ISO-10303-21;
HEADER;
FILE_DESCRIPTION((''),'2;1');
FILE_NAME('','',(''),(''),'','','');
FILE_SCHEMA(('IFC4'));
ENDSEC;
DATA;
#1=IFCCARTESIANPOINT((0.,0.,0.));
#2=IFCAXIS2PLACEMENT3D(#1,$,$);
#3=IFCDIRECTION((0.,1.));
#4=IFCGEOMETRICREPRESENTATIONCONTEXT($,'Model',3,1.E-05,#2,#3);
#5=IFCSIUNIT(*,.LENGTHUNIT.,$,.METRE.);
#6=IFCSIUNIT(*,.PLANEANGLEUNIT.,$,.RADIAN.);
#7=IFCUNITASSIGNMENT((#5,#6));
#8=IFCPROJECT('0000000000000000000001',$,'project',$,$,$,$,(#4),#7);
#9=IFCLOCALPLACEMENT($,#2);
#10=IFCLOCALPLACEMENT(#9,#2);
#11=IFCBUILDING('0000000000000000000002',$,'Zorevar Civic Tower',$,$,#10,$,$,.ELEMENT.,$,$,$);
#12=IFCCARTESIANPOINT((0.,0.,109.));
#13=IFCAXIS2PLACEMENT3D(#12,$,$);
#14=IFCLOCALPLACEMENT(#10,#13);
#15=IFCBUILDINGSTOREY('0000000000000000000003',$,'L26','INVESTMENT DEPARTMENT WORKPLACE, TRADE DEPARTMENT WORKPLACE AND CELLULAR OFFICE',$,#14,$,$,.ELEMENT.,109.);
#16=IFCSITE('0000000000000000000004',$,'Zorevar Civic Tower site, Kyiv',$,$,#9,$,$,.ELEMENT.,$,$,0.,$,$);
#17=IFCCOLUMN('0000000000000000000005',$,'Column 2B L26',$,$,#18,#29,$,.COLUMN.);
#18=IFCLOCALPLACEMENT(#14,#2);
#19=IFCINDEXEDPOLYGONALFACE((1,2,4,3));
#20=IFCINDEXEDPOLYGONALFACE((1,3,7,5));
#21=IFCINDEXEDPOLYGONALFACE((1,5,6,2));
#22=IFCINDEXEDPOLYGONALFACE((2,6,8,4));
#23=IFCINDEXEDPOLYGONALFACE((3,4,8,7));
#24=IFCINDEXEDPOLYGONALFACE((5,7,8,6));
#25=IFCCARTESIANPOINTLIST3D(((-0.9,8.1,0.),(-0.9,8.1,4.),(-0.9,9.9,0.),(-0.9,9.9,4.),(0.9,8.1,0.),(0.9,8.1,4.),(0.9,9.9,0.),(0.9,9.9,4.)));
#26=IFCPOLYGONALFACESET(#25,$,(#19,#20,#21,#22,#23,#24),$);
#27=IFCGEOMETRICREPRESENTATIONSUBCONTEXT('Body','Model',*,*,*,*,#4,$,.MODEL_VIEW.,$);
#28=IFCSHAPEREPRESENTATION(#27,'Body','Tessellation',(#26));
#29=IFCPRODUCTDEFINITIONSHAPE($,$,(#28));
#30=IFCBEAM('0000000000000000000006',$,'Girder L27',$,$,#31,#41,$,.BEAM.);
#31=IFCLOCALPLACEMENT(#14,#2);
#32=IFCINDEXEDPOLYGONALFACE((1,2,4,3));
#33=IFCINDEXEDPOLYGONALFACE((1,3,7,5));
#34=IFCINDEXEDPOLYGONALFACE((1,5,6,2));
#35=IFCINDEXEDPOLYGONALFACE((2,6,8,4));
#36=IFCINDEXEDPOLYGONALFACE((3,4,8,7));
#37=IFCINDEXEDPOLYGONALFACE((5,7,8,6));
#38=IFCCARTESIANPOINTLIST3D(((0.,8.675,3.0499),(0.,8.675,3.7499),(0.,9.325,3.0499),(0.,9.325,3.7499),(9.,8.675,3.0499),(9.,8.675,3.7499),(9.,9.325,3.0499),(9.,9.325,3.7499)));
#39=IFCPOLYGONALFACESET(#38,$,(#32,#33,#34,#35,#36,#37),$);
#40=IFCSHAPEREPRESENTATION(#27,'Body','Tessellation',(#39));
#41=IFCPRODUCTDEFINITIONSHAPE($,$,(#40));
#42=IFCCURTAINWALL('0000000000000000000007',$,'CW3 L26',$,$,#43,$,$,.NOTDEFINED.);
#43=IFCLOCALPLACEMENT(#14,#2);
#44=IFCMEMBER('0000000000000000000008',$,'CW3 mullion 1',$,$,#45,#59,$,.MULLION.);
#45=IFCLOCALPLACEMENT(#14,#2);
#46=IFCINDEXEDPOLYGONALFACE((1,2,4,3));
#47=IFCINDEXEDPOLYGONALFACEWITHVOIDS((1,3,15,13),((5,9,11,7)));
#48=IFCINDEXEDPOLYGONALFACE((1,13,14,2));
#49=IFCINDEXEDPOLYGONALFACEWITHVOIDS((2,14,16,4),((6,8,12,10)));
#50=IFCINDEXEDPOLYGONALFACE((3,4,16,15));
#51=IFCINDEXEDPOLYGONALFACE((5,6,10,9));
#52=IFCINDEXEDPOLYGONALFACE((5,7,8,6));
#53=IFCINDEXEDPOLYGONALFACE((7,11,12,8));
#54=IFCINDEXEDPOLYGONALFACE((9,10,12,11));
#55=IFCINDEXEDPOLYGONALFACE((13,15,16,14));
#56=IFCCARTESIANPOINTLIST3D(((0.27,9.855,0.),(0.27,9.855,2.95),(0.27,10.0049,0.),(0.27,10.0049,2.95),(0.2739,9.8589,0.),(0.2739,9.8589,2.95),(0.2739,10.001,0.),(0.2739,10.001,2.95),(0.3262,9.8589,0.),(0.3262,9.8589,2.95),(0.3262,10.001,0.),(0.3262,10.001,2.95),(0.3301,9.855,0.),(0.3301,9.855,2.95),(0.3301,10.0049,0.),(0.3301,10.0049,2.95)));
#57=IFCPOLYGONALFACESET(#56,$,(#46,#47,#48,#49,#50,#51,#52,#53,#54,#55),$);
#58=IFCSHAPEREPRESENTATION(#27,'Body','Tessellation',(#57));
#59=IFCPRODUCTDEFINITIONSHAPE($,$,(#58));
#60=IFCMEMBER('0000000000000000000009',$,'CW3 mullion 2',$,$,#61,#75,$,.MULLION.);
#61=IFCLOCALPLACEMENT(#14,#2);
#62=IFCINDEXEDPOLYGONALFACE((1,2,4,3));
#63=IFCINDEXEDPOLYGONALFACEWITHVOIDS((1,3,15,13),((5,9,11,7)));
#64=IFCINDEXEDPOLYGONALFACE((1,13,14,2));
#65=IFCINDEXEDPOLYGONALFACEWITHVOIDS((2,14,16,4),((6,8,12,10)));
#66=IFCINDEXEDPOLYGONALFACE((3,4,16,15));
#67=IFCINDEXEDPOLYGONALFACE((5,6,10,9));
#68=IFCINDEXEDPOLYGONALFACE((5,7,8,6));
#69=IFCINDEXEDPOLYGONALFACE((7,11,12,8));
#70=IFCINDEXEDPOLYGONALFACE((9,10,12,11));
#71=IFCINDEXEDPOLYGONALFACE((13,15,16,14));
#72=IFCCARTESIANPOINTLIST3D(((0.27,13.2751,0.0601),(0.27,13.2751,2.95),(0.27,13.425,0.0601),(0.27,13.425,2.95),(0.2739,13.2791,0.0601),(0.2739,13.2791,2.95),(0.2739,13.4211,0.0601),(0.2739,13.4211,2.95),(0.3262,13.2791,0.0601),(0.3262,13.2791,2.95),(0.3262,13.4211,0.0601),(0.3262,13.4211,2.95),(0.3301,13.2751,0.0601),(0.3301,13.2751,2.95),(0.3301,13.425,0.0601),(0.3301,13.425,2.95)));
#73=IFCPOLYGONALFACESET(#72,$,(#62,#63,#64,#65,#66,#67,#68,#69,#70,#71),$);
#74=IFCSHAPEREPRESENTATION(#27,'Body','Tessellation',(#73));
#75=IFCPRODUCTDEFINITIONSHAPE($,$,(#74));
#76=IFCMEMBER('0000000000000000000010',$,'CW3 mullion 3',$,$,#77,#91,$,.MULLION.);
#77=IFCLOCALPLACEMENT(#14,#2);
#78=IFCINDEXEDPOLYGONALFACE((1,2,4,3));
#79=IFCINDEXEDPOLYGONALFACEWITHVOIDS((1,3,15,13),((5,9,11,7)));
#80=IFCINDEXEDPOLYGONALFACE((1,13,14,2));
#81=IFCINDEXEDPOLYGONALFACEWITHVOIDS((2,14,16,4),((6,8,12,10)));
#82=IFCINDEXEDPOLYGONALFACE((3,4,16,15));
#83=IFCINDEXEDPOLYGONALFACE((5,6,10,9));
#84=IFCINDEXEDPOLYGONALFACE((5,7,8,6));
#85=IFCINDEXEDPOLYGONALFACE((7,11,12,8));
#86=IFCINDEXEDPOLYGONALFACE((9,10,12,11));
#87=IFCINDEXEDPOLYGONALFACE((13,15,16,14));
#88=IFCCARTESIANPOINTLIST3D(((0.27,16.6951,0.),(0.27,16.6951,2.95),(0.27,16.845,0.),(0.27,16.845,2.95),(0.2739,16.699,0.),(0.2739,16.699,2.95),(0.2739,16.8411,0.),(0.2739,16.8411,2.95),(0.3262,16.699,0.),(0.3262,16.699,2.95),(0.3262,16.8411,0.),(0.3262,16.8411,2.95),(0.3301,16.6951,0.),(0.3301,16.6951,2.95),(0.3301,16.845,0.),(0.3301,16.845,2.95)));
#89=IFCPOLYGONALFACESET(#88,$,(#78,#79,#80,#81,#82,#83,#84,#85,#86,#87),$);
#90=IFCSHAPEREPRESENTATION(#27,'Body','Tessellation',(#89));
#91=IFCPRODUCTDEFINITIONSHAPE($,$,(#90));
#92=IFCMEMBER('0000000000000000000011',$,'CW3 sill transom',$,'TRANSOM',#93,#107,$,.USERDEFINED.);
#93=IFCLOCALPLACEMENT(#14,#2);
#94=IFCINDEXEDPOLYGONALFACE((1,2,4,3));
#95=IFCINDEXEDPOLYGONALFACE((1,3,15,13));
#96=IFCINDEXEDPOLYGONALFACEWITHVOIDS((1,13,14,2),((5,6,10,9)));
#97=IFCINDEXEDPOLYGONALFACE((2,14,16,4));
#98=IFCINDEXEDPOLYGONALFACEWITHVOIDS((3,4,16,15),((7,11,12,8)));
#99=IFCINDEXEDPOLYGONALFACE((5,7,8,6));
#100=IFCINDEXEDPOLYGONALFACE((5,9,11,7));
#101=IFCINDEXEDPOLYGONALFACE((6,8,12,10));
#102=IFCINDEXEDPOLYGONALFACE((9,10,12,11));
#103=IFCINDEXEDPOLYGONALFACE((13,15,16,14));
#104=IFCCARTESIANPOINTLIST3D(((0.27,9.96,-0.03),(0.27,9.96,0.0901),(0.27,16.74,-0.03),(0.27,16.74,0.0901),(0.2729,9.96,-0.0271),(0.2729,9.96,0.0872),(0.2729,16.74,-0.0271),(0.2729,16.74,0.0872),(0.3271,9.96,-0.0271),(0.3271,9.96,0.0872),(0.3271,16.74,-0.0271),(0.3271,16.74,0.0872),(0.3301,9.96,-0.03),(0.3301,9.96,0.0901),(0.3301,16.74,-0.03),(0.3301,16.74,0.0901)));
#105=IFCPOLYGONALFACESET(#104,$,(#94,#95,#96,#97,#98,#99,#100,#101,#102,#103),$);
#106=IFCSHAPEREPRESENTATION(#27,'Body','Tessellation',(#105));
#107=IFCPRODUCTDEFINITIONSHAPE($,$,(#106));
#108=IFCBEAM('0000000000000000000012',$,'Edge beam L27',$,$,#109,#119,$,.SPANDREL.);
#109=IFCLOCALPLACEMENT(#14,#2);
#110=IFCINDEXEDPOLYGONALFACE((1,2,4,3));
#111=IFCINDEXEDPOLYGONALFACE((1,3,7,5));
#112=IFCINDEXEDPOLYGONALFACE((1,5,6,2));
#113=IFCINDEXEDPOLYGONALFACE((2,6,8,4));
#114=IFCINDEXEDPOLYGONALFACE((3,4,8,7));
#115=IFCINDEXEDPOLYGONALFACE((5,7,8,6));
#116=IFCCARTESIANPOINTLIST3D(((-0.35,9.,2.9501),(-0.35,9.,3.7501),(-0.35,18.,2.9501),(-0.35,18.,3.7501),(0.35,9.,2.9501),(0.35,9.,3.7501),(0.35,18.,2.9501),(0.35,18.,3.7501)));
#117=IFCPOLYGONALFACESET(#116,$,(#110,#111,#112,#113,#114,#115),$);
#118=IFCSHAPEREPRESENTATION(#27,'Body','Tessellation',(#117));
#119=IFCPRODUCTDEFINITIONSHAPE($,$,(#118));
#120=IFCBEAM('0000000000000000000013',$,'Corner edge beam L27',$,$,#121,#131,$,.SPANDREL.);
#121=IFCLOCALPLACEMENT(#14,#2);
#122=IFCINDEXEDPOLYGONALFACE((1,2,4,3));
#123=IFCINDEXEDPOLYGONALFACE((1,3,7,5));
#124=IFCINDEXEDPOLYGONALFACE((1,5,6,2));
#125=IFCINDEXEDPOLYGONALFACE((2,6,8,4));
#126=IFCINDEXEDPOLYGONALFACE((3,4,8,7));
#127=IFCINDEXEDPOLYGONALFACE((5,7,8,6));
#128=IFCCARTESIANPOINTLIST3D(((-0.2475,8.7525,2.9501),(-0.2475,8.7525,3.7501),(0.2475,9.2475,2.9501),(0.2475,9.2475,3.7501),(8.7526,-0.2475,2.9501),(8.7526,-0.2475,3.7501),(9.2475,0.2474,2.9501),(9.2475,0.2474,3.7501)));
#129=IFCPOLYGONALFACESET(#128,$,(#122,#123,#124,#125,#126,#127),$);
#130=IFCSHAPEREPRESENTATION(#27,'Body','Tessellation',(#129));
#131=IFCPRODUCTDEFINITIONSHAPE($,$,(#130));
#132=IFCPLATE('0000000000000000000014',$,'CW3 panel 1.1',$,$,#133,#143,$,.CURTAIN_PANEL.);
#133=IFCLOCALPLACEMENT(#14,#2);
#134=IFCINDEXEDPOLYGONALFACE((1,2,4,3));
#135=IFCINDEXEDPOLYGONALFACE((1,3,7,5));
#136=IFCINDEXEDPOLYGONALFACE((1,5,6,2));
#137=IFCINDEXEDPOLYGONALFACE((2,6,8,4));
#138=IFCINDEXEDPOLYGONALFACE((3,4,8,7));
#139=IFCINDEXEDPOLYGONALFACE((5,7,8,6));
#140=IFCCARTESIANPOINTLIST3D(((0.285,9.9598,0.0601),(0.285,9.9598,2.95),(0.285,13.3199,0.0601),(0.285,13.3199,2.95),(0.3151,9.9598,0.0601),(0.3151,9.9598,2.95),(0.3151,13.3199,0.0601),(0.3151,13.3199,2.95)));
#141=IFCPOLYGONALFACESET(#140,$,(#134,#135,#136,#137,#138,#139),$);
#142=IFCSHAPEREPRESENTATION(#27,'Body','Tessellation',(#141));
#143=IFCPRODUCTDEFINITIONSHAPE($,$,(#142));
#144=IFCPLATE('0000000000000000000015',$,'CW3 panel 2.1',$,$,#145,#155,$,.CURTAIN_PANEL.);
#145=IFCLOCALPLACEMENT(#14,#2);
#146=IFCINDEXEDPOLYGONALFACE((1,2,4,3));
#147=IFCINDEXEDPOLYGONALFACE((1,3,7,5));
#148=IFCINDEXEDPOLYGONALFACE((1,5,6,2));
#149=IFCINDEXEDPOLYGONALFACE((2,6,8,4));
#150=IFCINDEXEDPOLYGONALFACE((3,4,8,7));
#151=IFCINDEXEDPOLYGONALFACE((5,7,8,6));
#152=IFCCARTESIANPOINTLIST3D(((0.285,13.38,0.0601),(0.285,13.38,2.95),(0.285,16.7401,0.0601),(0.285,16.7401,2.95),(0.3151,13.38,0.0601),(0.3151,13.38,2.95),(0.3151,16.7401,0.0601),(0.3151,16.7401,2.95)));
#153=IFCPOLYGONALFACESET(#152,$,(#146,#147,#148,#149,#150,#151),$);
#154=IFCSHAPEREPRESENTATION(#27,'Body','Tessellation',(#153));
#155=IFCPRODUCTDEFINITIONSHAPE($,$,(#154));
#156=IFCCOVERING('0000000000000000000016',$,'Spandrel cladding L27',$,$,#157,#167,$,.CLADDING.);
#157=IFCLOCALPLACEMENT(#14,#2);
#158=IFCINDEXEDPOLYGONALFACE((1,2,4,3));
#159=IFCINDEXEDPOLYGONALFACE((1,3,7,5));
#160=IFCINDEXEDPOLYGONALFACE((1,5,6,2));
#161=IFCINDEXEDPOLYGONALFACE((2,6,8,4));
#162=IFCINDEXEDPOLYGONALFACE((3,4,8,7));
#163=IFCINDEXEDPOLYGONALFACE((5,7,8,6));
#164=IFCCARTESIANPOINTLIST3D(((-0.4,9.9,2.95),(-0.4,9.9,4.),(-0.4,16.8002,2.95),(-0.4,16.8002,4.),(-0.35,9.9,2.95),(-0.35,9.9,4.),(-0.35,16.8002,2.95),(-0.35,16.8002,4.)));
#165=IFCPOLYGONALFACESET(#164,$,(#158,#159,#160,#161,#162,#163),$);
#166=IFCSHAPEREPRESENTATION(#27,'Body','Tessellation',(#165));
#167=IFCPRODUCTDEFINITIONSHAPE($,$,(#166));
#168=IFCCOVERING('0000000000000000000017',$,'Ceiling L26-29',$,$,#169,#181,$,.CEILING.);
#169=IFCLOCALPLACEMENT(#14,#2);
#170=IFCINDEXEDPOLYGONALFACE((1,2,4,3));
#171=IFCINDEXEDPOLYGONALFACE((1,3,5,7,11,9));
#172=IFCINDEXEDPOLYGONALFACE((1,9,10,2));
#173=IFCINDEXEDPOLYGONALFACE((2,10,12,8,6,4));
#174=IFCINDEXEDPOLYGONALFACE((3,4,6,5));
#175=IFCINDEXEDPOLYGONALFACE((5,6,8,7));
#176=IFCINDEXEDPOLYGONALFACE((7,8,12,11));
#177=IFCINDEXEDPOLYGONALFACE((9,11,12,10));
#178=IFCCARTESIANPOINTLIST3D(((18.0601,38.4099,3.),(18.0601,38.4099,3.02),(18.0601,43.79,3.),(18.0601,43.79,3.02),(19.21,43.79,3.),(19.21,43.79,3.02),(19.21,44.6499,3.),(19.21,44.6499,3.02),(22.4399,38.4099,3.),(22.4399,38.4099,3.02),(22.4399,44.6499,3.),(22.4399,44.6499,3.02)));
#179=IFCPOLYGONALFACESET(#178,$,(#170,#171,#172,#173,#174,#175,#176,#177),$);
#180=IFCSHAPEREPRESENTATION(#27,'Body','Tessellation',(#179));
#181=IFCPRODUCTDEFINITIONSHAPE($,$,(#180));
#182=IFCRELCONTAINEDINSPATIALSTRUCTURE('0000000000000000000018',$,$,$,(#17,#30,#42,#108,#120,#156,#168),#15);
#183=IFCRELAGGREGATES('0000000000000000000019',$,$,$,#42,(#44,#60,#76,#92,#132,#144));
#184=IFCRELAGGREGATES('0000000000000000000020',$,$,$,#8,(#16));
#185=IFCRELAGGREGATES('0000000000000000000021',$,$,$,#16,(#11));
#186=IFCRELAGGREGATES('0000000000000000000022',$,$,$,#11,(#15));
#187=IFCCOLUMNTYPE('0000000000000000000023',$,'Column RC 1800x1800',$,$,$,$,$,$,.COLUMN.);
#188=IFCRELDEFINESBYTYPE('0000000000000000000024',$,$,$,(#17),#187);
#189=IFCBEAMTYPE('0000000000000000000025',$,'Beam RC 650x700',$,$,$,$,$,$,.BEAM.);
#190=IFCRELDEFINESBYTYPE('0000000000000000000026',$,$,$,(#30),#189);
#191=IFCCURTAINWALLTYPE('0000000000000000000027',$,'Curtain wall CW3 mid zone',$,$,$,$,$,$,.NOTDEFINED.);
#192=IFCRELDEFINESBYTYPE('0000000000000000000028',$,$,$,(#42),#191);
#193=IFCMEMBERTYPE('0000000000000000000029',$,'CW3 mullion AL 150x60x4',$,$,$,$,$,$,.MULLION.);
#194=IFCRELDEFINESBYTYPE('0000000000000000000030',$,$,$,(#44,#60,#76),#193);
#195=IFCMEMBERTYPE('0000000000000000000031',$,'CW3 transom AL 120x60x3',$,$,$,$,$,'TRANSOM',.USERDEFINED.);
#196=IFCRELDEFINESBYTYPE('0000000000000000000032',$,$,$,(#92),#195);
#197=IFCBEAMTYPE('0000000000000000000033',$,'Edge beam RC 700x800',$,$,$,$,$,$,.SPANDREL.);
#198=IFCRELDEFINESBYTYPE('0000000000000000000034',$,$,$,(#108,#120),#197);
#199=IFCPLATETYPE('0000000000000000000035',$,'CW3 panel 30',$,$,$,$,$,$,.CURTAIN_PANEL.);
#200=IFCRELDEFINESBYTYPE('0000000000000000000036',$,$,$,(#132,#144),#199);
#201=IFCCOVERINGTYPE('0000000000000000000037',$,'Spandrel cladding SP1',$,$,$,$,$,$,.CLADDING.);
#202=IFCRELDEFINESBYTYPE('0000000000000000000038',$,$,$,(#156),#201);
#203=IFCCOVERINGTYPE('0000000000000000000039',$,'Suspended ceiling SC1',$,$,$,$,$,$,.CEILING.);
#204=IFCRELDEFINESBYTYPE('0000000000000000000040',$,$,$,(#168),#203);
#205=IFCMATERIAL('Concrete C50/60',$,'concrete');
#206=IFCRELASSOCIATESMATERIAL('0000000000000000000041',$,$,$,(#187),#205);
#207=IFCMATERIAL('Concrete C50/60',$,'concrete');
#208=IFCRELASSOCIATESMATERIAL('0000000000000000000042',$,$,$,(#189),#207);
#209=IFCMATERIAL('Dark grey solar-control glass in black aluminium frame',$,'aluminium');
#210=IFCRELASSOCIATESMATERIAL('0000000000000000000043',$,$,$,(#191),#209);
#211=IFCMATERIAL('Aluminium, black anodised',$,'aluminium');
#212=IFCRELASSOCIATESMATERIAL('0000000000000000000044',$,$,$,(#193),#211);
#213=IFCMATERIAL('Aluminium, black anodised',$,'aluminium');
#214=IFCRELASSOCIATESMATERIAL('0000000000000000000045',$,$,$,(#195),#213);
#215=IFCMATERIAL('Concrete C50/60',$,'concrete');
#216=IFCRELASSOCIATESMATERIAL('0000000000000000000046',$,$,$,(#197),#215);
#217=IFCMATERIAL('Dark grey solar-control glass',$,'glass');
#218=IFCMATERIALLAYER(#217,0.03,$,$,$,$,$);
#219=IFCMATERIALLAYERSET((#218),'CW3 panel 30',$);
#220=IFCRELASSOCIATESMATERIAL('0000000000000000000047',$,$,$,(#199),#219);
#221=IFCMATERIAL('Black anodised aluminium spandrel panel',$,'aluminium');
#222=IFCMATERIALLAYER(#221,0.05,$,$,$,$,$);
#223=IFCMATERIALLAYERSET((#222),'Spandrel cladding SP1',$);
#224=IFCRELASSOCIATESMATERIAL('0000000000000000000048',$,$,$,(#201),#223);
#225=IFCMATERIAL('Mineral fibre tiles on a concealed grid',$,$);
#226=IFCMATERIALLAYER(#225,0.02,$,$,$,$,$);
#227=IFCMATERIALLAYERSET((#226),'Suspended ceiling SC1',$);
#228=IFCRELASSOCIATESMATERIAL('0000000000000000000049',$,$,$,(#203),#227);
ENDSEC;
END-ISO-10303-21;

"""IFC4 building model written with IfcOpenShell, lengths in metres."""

from ifc_helpers import new_model, si_unit, direction, frame, frame_2d, origin, origin_2d, place, context, subcontext, project, spatial, polyline, rectangle, hollow_rectangle, outline, extrude, material, layer, layer_set, material_profile, profile_set, type_object, element, aggregate, save


model = new_model("IFC4")

# Units and contexts
model_context = context("Model", 3, precision=1e-05, world=origin(), true_north=direction((0.0, 1.0)))
body_context = subcontext(model_context, "Body", "Model", "MODEL_VIEW")
ifc_project = project(units=[si_unit("LENGTHUNIT", "METRE"), si_unit("PLANEANGLEUNIT", "RADIAN")], contexts=[model_context])

# Site, building, storey
site_placement = place(None, origin())
site = spatial("IfcSite", under=ifc_project, at=site_placement, Name="Zorevar Civic Tower site, Kyiv", CompositionType="ELEMENT", RefElevation=0.0)
building_placement = place(site_placement, origin())
building = spatial("IfcBuilding", under=site, at=building_placement, Name="Zorevar Civic Tower", CompositionType="ELEMENT")
storey_placement = place(building_placement, frame((0.0, 0.0, 109.0)))
storey = spatial("IfcBuildingStorey", under=building, at=storey_placement, Name="L26", Description="INVESTMENT DEPARTMENT WORKPLACE, TRADE DEPARTMENT WORKPLACE AND CELLULAR OFFICE", CompositionType="ELEMENT", Elevation=109.0)

# Column
ifc_material_1 = material(Name="Concrete C50/60", Category="concrete")
ifc_material_profile_1 = material_profile(ifc_material_1, rectangle(XDim=1.8, YDim=1.8, at=origin_2d()), Name="RC 1800x1800")
ifc_profile_set_1 = profile_set([ifc_material_profile_1], Name="Concrete C50/60")
column_type = type_object("IfcColumnType", Name="Column RC 1800x1800", PredefinedType="COLUMN", material=ifc_profile_set_1)
column_placement = place(storey_placement, frame((0.0, 9.0, 0.0), z_axis=(0.0, 0.0, 1.0), x_axis=(1.0, 0.0, 0.0)))
element("IfcColumn", 1, at=column_placement, inside=storey, type_object=column_type, Name="Column 2B L26", PredefinedType="COLUMN", context=body_context, shape_type="SweptSolid", body=[
    extrude(rectangle(XDim=1.8, YDim=1.8, at=origin_2d()), origin(), (0.0, 0.0, 1.0), 4.0),
])

# Beam
ifc_material_2 = material(Name="Concrete C50/60", Category="concrete")
ifc_material_profile_2 = material_profile(ifc_material_2, rectangle(XDim=0.6499, YDim=0.7, at=origin_2d()), Name="RC 650x700")
ifc_profile_set_2 = profile_set([ifc_material_profile_2], Name="Concrete C50/60")
beam_type_1 = type_object("IfcBeamType", Name="Beam RC 650x700", PredefinedType="BEAM", material=ifc_profile_set_2)
beam_1_placement = place(storey_placement, frame((0.0, 9.0, 3.3999), z_axis=(1.0, 0.0, 0.0), x_axis=(0.0, 1.0, 0.0)))
element("IfcBeam", 2, at=beam_1_placement, inside=storey, type_object=beam_type_1, Name="Girder L27", PredefinedType="BEAM", context=body_context, shape_type="SweptSolid", body=[
    extrude(rectangle(XDim=0.6499, YDim=0.7, at=origin_2d()), origin(), (0.0, 0.0, 1.0), 9.0),
])

# Curtain wall, members
ifc_material_3 = material(Name="Dark grey solar-control glass in black aluminium frame", Category="aluminium")
curtain_wall_type = type_object("IfcCurtainWallType", Name="Curtain wall CW3 mid zone", PredefinedType="NOTDEFINED", material=ifc_material_3)
curtain_wall_placement = place(storey_placement, origin())
curtain_wall = element("IfcCurtainWall", 3, at=curtain_wall_placement, inside=storey, type_object=curtain_wall_type, Name="CW3 L26", PredefinedType="NOTDEFINED")
ifc_material_4 = material(Name="Aluminium, black anodised", Category="aluminium")
ifc_material_profile_3 = material_profile(ifc_material_4, hollow_rectangle(XDim=0.0601, YDim=0.1499, WallThickness=0.0039, at=origin_2d()), Name="AL 150x60x4")
ifc_profile_set_3 = profile_set([ifc_material_profile_3], Name="Aluminium, black anodised")
member_type_1 = type_object("IfcMemberType", Name="CW3 mullion AL 150x60x4", PredefinedType="MULLION", material=ifc_profile_set_3)
member_1_placement = place(storey_placement, frame((0.3, 9.9299, 0.0), z_axis=(0.0, 0.0, 1.0), x_axis=(-1.0, 0.0, 0.0)))
member_1 = element("IfcMember", 4, at=member_1_placement, type_object=member_type_1, Name="CW3 mullion 1", PredefinedType="MULLION", context=body_context, shape_type="SweptSolid", body=[
    extrude(hollow_rectangle(XDim=0.0601, YDim=0.1499, WallThickness=0.0039, at=origin_2d()), origin(), (0.0, 0.0, 1.0), 2.95),
])
member_2_placement = place(storey_placement, frame((0.3, 13.3501, 0.0601), z_axis=(0.0, 0.0, 1.0), x_axis=(-1.0, 0.0, 0.0)))
member_2 = element("IfcMember", 5, at=member_2_placement, type_object=member_type_1, Name="CW3 mullion 2", PredefinedType="MULLION", context=body_context, shape_type="SweptSolid", body=[
    extrude(hollow_rectangle(XDim=0.0601, YDim=0.1499, WallThickness=0.0039, at=origin_2d()), origin(), (0.0, 0.0, 1.0), 2.8899),
])
member_3_placement = place(storey_placement, frame((0.3, 16.77, 0.0), z_axis=(0.0, 0.0, 1.0), x_axis=(-1.0, 0.0, 0.0)))
member_3 = element("IfcMember", 6, at=member_3_placement, type_object=member_type_1, Name="CW3 mullion 3", PredefinedType="MULLION", context=body_context, shape_type="SweptSolid", body=[
    extrude(hollow_rectangle(XDim=0.0601, YDim=0.1499, WallThickness=0.0039, at=origin_2d()), origin(), (0.0, 0.0, 1.0), 2.95),
])
ifc_material_5 = material(Name="Aluminium, black anodised", Category="aluminium")
ifc_material_profile_4 = material_profile(ifc_material_5, hollow_rectangle(XDim=0.0601, YDim=0.1201, WallThickness=0.0029, at=origin_2d()), Name="AL 120x60x3")
ifc_profile_set_4 = profile_set([ifc_material_profile_4], Name="Aluminium, black anodised")
member_type_2 = type_object("IfcMemberType", Name="CW3 transom AL 120x60x3", ElementType="TRANSOM", PredefinedType="USERDEFINED", material=ifc_profile_set_4)
member_4_placement = place(storey_placement, frame((0.3, 9.96, 0.03), z_axis=(0.0, 1.0, 0.0), x_axis=(-1.0, 0.0, 0.0)))
member_4 = element("IfcMember", 7, at=member_4_placement, type_object=member_type_2, Name="CW3 sill transom", ObjectType="TRANSOM", PredefinedType="USERDEFINED", context=body_context, shape_type="SweptSolid", body=[
    extrude(hollow_rectangle(XDim=0.0601, YDim=0.1201, WallThickness=0.0029, at=origin_2d()), origin(), (0.0, 0.0, 1.0), 6.78),
])

# Beams
ifc_material_6 = material(Name="Concrete C50/60", Category="concrete")
ifc_material_profile_5 = material_profile(ifc_material_6, rectangle(XDim=0.7, YDim=0.8, at=origin_2d()), Name="RC 700x800")
ifc_profile_set_5 = profile_set([ifc_material_profile_5], Name="Concrete C50/60")
beam_type_2 = type_object("IfcBeamType", Name="Edge beam RC 700x800", PredefinedType="SPANDREL", material=ifc_profile_set_5)
beam_2_placement = place(storey_placement, frame((0.0, 9.0, 3.3501), z_axis=(0.0, 1.0, 0.0), x_axis=(-1.0, 0.0, 0.0)))
element("IfcBeam", 8, at=beam_2_placement, inside=storey, type_object=beam_type_2, Name="Edge beam L27", PredefinedType="SPANDREL", context=body_context, shape_type="SweptSolid", body=[
    extrude(rectangle(XDim=0.7, YDim=0.8, at=origin_2d()), origin(), (0.0, 0.0, 1.0), 9.0),
])
beam_3_placement = place(storey_placement, frame((0.0, 9.0, 3.3501), z_axis=(0.707107, -0.707107, 0.0), x_axis=(0.707107, 0.707107, 0.0)))
element("IfcBeam", 9, at=beam_3_placement, inside=storey, type_object=beam_type_2, Name="Corner edge beam L27", PredefinedType="SPANDREL", context=body_context, shape_type="SweptSolid", body=[
    extrude(rectangle(XDim=0.7, YDim=0.8, at=origin_2d()), origin(), (0.0, 0.0, 1.0), 12.728),
])

# Plates
ifc_material_7 = material(Name="Dark grey solar-control glass", Category="glass")
ifc_layer_1 = layer(ifc_material_7, 0.03)
ifc_layer_set_1 = layer_set([ifc_layer_1], Name="CW3 panel 30")
plate_type = type_object("IfcPlateType", Name="CW3 panel 30", PredefinedType="CURTAIN_PANEL", material=ifc_layer_set_1)
plate_1_placement = place(storey_placement, frame((0.3, 11.6399, 0.0601), z_axis=(0.0, 0.0, 1.0), x_axis=(0.0, 1.0, 0.0)))
plate_1 = element("IfcPlate", 10, at=plate_1_placement, type_object=plate_type, Name="CW3 panel 1.1", PredefinedType="CURTAIN_PANEL", context=body_context, shape_type="SweptSolid", body=[
    extrude(rectangle(XDim=3.3601, YDim=0.03, at=origin_2d()), origin(), (0.0, 0.0, 1.0), 2.8899),
])
plate_2_placement = place(storey_placement, frame((0.3, 15.0601, 0.0601), z_axis=(0.0, 0.0, 1.0), x_axis=(0.0, 1.0, 0.0)))
plate_2 = element("IfcPlate", 11, at=plate_2_placement, type_object=plate_type, Name="CW3 panel 2.1", PredefinedType="CURTAIN_PANEL", context=body_context, shape_type="SweptSolid", body=[
    extrude(rectangle(XDim=3.3601, YDim=0.03, at=origin_2d()), origin(), (0.0, 0.0, 1.0), 2.8899),
])
aggregate(curtain_wall, [member_1, member_2, member_3, member_4, plate_1, plate_2])

# Coverings
ifc_material_8 = material(Name="Black anodised aluminium spandrel panel", Category="aluminium")
ifc_layer_2 = layer(ifc_material_8, 0.05)
ifc_layer_set_2 = layer_set([ifc_layer_2], Name="Spandrel cladding SP1")
covering_type_1 = type_object("IfcCoveringType", Name="Spandrel cladding SP1", PredefinedType="CLADDING", material=ifc_layer_set_2)
covering_1_placement = place(storey_placement, frame((-0.375, 9.8999, 2.95), z_axis=(0.0, 0.0, 1.0), x_axis=(0.0, 1.0, 0.0)))
element("IfcCovering", 12, at=covering_1_placement, inside=storey, type_object=covering_type_1, Name="Spandrel cladding L27", PredefinedType="CLADDING", context=body_context, shape_type="SweptSolid", body=[
    extrude(rectangle(XDim=6.9001, YDim=0.05, at=frame_2d((3.4502, 0.0))), origin(), (0.0, 0.0, 1.0), 1.05),
])
ifc_material_9 = material(Name="Mineral fibre tiles on a concealed grid")
ifc_layer_3 = layer(ifc_material_9, 0.02)
ifc_layer_set_3 = layer_set([ifc_layer_3], Name="Suspended ceiling SC1")
covering_type_2 = type_object("IfcCoveringType", Name="Suspended ceiling SC1", PredefinedType="CEILING", material=ifc_layer_set_3)
covering_2_placement = place(storey_placement, frame((0.0, 0.0, 3.0)))
element("IfcCovering", 13, at=covering_2_placement, inside=storey, type_object=covering_type_2, Name="Ceiling L26-29", PredefinedType="CEILING", context=body_context, shape_type="SweptSolid", body=[
    extrude(outline(polyline([(18.0601, 38.4099), (18.0601, 43.79), (19.21, 43.79), (19.21, 44.6499), (22.4399, 44.6499), (22.4399, 38.4099), (18.0601, 38.4099)])), origin(), (0.0, 0.0, 1.0), 0.02),
])

save(model, "model.ifc")
